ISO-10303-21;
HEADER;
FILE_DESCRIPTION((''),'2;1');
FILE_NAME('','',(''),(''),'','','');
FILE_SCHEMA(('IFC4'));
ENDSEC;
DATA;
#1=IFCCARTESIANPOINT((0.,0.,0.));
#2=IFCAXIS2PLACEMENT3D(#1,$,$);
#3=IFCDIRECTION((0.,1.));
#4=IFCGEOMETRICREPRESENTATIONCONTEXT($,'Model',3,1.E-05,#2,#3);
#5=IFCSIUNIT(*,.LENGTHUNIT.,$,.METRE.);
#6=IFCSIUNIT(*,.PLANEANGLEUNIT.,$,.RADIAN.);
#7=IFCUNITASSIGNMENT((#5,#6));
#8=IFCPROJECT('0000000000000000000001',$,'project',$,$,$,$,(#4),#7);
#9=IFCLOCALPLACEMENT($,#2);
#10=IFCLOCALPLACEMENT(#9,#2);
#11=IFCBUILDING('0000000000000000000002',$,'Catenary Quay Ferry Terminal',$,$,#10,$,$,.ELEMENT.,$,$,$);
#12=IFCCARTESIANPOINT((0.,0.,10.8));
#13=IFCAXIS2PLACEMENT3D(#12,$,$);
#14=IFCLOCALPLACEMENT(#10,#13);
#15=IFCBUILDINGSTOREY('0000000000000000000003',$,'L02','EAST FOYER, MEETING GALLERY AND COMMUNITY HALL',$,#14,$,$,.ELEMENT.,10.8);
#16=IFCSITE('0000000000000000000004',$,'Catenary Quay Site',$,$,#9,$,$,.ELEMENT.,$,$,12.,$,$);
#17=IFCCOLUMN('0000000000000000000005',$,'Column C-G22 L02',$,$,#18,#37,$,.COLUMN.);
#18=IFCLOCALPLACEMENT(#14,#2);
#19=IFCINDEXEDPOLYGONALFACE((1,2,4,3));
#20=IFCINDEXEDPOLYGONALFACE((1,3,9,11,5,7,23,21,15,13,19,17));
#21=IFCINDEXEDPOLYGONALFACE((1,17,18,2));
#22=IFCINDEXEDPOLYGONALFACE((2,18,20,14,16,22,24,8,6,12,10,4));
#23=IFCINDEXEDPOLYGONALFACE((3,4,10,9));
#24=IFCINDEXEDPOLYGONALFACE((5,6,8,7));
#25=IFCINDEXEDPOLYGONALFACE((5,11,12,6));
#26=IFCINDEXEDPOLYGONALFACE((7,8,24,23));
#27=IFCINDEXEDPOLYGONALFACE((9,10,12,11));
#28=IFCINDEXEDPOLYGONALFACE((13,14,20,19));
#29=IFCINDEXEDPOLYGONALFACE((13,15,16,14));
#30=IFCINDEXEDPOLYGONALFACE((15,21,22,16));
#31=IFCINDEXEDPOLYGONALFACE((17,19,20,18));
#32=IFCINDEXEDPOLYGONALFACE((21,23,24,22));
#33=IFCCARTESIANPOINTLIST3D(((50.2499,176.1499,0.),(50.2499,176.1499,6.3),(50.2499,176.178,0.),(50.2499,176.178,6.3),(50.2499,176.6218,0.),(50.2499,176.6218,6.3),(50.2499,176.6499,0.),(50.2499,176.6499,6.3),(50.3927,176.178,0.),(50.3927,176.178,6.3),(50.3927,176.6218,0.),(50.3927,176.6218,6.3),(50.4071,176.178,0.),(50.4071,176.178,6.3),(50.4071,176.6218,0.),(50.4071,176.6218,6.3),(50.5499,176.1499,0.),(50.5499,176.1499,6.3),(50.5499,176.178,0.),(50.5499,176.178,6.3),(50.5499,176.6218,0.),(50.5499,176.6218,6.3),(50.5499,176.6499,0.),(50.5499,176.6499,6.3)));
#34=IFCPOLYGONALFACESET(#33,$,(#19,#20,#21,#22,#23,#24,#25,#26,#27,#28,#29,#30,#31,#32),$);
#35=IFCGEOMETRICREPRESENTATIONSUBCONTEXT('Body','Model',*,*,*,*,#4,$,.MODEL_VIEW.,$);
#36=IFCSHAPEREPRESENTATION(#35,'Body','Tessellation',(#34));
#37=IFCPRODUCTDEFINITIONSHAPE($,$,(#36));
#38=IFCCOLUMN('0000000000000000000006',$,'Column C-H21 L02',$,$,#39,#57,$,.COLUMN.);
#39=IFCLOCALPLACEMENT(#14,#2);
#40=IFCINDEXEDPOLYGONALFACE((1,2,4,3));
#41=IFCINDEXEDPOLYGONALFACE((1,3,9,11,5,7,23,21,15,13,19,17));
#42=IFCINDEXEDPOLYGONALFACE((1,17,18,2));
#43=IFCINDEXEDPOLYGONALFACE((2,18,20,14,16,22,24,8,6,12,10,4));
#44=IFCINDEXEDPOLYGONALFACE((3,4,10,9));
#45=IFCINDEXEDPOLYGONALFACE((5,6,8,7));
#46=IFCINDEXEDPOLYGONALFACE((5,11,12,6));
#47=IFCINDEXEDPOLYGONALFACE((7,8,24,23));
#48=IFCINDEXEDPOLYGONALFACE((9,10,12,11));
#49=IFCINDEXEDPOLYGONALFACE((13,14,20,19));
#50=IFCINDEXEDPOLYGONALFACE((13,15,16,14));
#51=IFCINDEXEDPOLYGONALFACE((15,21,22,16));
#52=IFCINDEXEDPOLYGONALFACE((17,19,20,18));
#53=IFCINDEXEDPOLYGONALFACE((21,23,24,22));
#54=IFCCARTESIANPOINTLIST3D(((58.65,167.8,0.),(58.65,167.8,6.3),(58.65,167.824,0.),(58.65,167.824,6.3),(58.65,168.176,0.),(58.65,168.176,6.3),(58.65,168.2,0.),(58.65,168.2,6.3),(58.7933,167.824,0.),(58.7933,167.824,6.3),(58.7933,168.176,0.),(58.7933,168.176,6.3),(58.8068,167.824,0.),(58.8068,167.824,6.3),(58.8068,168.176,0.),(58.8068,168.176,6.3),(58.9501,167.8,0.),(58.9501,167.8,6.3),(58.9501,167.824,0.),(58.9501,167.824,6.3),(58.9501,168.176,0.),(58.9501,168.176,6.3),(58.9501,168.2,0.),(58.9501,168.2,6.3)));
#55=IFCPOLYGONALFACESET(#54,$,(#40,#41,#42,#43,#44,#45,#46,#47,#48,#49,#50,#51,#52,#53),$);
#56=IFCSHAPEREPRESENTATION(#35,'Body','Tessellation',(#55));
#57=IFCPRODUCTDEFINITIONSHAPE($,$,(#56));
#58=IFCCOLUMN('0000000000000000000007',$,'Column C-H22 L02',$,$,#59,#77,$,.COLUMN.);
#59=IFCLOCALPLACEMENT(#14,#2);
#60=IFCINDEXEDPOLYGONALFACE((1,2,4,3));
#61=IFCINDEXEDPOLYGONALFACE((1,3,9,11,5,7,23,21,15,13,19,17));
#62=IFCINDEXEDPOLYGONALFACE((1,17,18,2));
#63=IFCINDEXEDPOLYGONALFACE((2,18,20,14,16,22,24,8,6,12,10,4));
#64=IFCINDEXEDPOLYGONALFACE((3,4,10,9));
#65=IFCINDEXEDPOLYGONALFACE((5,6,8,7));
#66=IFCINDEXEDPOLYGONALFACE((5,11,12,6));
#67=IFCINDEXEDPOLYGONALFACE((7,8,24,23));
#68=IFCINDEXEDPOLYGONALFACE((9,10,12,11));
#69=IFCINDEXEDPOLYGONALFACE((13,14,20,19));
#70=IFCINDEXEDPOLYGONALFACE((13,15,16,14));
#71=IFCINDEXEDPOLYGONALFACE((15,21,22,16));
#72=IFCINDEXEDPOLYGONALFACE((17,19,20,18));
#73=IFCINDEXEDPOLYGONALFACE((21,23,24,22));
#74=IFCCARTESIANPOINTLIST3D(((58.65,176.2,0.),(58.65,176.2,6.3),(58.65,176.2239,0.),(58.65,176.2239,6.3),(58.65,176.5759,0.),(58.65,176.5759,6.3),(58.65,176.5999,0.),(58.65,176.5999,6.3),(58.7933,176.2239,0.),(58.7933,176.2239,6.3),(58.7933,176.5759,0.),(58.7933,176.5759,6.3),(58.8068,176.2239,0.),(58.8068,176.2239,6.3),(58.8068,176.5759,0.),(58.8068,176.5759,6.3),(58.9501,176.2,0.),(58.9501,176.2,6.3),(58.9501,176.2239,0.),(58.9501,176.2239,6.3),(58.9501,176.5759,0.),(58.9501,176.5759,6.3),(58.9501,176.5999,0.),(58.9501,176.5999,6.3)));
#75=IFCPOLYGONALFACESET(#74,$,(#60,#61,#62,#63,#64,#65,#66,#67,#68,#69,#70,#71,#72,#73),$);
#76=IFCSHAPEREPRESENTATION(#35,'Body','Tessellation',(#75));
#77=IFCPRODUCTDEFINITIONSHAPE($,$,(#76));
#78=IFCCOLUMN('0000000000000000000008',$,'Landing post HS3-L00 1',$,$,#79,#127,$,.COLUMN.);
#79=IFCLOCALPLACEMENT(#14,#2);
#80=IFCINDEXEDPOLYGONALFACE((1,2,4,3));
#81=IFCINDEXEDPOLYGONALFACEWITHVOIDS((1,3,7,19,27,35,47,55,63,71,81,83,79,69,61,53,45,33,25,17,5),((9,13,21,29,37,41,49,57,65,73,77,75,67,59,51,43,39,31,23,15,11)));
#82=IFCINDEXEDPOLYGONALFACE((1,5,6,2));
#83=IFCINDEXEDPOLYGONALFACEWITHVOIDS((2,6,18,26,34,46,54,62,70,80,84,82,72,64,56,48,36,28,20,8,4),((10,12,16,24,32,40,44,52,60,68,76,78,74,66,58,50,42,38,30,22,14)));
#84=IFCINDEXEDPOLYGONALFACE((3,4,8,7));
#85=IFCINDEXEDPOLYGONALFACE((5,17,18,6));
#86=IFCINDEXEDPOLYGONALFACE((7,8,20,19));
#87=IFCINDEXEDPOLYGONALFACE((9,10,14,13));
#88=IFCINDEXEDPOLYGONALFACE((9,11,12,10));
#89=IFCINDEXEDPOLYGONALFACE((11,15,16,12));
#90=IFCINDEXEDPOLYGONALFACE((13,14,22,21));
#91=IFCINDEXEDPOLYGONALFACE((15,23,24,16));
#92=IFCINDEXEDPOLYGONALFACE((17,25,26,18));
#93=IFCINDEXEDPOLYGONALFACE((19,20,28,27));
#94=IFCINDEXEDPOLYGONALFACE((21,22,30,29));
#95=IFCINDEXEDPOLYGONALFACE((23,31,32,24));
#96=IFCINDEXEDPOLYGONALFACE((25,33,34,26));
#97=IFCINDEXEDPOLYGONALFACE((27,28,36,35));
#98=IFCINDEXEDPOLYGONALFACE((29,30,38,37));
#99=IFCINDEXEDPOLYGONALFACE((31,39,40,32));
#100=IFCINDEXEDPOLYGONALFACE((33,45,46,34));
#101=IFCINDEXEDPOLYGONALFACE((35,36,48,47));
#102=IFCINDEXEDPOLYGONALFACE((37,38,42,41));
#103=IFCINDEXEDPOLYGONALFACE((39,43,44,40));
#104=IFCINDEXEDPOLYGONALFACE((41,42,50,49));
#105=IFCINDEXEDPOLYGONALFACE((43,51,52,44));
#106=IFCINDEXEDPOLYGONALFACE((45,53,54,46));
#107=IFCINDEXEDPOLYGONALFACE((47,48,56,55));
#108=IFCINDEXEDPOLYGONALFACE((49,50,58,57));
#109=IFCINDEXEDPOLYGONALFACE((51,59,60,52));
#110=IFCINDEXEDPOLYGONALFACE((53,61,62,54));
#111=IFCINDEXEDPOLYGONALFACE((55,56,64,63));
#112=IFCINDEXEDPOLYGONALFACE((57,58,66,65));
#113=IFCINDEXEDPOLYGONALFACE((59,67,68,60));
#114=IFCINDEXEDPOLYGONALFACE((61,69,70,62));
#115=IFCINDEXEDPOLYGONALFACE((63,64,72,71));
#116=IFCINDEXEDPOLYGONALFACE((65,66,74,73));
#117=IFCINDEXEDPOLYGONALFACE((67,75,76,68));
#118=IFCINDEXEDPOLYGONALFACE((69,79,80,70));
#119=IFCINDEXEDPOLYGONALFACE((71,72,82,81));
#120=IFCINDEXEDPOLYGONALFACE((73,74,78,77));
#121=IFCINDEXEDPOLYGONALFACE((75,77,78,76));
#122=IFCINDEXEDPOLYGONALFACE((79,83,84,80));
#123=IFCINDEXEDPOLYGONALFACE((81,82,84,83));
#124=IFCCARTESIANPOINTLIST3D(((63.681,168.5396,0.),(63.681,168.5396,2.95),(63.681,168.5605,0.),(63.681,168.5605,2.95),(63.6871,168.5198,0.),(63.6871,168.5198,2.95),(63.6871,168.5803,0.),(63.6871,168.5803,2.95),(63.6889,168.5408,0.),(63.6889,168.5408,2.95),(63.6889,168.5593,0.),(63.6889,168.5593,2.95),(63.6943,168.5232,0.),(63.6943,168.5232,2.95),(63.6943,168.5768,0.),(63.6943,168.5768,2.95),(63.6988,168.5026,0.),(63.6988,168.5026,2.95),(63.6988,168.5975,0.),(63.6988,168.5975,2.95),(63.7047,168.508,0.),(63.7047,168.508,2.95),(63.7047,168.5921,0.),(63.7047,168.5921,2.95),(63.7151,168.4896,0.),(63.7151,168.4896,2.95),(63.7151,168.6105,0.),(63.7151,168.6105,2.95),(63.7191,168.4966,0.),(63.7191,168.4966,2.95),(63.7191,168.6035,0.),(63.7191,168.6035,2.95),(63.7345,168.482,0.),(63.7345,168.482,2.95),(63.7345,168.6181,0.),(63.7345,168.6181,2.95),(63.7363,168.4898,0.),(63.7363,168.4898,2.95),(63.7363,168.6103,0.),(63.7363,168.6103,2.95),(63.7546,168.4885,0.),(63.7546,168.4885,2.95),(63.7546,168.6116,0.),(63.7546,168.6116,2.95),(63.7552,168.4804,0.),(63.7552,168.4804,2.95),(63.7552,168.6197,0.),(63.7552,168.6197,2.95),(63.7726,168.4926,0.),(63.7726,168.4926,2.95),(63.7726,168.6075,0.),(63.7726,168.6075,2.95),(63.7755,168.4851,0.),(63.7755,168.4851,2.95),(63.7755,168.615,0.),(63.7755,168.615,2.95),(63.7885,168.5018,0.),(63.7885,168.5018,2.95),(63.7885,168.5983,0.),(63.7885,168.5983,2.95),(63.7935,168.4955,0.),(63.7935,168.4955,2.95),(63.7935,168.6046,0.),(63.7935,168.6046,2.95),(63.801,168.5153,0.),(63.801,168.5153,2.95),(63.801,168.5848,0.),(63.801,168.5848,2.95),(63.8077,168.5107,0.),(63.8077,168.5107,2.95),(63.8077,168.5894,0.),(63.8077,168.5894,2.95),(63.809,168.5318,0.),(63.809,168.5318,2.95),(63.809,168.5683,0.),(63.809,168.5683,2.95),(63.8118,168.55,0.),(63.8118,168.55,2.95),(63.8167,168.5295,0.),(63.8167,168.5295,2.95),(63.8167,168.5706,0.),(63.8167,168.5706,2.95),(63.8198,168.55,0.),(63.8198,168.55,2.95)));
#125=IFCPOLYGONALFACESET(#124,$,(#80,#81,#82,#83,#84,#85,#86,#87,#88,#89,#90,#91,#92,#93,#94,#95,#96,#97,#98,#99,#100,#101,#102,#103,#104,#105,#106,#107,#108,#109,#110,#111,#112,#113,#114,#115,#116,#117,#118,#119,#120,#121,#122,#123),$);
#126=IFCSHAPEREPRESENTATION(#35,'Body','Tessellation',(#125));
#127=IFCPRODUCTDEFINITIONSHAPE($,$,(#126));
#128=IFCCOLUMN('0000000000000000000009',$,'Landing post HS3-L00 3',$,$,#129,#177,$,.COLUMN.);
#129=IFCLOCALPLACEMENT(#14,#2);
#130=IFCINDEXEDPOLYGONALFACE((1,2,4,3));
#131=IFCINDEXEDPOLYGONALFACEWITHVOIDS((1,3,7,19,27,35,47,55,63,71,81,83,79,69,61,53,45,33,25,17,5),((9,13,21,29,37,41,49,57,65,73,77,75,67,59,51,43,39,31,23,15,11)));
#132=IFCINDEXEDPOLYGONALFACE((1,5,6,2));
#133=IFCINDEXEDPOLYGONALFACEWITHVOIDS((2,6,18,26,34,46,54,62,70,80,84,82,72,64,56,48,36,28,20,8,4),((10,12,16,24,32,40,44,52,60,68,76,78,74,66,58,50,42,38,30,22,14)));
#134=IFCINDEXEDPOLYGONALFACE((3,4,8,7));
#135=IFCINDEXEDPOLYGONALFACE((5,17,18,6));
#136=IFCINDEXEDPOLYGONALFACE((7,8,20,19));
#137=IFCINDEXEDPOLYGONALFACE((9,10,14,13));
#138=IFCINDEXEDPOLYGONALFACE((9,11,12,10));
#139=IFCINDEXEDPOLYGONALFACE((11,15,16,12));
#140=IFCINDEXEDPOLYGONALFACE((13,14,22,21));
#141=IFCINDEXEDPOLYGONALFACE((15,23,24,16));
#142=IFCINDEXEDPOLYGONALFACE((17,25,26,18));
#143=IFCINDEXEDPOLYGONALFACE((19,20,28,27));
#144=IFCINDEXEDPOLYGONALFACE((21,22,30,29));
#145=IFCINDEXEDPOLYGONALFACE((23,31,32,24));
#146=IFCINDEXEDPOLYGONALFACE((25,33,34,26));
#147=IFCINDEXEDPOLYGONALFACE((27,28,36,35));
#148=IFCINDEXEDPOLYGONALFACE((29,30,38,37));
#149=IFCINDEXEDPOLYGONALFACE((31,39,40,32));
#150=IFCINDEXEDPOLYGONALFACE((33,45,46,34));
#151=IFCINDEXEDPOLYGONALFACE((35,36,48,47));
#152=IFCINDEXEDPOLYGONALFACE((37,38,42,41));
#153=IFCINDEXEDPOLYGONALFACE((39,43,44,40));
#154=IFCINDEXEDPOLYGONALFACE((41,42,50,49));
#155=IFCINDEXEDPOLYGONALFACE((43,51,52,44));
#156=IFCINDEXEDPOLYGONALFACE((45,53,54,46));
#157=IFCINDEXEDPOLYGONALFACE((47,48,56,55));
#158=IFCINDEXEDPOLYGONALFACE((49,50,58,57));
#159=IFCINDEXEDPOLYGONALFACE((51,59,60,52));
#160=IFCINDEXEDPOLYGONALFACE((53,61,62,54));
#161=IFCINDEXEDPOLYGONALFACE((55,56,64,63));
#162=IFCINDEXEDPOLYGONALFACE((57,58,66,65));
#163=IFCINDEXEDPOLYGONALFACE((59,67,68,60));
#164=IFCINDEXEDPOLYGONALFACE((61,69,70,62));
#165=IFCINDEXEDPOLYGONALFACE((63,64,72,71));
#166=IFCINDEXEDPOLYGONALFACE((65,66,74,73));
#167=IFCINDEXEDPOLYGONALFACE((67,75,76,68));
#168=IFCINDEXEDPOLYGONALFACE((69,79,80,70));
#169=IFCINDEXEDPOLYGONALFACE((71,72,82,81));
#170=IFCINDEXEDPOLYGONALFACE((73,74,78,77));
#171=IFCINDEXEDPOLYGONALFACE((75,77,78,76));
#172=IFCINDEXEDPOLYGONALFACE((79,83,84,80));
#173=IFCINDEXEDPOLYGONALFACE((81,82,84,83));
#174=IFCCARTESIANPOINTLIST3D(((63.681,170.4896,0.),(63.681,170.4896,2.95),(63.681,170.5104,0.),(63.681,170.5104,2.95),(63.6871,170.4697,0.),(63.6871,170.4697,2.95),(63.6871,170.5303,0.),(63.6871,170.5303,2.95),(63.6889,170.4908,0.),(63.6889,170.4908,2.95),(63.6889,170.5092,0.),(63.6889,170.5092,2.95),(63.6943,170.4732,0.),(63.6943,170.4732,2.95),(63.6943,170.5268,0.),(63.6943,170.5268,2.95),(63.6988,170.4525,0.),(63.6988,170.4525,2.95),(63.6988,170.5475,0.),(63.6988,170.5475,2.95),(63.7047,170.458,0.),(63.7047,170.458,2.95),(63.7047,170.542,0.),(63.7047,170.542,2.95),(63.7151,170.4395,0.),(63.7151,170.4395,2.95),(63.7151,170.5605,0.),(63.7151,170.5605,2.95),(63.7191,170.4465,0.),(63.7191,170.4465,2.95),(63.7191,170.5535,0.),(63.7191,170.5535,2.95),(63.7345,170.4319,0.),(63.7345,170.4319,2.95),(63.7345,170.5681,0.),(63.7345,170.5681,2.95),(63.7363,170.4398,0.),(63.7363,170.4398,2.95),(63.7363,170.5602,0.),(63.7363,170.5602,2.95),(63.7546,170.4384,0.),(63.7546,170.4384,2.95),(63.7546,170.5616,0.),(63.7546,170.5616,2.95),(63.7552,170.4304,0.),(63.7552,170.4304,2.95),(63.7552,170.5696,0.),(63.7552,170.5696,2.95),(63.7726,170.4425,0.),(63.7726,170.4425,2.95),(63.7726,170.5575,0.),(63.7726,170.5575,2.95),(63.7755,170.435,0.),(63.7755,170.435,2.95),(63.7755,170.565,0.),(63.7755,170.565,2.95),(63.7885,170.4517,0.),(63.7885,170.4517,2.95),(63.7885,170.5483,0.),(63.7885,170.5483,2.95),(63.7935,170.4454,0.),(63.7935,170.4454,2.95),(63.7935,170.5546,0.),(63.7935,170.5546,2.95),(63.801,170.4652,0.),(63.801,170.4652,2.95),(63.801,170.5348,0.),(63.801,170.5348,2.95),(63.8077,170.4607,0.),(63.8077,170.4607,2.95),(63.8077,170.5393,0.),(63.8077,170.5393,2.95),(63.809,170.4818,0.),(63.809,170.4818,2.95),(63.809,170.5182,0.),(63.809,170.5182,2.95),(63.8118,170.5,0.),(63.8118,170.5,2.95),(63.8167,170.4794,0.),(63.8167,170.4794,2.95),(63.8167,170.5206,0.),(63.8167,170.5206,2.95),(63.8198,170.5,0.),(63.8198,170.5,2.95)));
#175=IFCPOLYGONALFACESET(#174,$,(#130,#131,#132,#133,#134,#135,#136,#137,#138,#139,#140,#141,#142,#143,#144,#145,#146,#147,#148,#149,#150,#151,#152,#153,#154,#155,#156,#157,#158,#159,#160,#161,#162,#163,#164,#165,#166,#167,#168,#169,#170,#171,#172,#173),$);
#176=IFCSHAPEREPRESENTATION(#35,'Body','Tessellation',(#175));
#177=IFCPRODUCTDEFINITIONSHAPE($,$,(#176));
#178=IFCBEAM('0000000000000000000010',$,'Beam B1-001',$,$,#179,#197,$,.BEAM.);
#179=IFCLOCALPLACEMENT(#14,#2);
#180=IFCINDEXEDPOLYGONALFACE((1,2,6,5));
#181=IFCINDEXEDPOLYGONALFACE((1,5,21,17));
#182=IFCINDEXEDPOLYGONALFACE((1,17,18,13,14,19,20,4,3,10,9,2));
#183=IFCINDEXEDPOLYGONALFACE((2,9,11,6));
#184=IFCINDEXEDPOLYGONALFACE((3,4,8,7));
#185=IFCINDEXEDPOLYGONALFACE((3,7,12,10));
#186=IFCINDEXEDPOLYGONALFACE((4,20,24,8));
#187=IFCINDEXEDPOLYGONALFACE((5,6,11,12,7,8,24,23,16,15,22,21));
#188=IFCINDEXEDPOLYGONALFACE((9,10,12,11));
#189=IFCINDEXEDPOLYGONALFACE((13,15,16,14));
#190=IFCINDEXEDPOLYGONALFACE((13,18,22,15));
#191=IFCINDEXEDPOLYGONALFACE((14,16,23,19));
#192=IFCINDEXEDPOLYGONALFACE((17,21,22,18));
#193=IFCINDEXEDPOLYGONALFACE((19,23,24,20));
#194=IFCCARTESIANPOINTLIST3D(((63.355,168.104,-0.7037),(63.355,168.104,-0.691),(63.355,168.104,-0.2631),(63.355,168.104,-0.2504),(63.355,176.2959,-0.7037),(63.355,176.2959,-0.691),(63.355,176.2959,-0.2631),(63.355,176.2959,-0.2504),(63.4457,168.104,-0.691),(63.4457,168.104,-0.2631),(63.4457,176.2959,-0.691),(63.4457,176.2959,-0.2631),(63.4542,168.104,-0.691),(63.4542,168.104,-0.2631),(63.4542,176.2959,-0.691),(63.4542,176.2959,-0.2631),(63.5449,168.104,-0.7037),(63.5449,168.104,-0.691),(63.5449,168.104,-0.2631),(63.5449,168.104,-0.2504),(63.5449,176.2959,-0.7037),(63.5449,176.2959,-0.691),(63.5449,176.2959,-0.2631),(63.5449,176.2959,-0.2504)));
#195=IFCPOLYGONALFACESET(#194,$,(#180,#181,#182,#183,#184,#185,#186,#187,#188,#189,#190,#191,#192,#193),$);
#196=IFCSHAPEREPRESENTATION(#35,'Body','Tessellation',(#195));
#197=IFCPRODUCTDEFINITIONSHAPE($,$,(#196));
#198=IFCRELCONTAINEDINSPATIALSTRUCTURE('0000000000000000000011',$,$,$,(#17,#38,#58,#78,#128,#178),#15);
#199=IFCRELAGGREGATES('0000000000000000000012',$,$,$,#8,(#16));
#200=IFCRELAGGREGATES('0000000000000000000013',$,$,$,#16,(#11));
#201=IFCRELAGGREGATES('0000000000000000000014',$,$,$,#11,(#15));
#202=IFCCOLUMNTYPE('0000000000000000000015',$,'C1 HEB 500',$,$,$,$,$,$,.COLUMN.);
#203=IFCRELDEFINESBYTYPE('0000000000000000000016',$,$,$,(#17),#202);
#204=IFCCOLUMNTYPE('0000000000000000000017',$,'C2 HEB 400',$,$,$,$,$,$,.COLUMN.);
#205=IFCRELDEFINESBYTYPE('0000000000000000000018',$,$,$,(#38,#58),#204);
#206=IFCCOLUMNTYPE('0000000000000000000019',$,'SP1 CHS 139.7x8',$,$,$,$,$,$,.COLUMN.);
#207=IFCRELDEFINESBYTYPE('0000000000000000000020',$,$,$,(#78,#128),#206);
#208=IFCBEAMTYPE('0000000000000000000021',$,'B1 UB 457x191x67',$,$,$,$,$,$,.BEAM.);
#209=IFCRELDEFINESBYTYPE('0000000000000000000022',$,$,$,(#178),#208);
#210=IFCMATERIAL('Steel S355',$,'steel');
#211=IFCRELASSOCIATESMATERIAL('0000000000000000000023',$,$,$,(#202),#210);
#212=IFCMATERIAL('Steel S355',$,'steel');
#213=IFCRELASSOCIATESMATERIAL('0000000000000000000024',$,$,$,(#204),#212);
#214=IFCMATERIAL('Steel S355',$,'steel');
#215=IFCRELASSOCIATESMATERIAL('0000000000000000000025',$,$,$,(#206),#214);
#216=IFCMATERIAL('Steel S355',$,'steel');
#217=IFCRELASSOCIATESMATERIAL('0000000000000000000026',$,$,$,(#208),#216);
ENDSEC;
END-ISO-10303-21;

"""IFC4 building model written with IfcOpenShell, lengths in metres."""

from ifc_helpers import new_model, si_unit, direction, frame, origin, origin_2d, place, context, subcontext, project, spatial, hollow_circle, i_section, extrude, material, material_profile, profile_set, type_object, element, save


model = new_model("IFC4")

# Units and contexts
model_context = context("Model", 3, precision=1e-05, world=origin(), true_north=direction((0.0, 1.0)))
body_context = subcontext(model_context, "Body", "Model", "MODEL_VIEW")
ifc_project = project(units=[si_unit("LENGTHUNIT", "METRE"), si_unit("PLANEANGLEUNIT", "RADIAN")], contexts=[model_context])

# Site, building, storey
site_placement = place(None, origin())
site = spatial("IfcSite", under=ifc_project, at=site_placement, Name="Catenary Quay Site", CompositionType="ELEMENT", RefElevation=12.0)
building_placement = place(site_placement, origin())
building = spatial("IfcBuilding", under=site, at=building_placement, Name="Catenary Quay Ferry Terminal", CompositionType="ELEMENT")
storey_placement = place(building_placement, frame((0.0, 0.0, 10.8)))
storey = spatial("IfcBuildingStorey", under=building, at=storey_placement, Name="L02", Description="EAST FOYER, MEETING GALLERY AND COMMUNITY HALL", CompositionType="ELEMENT", Elevation=10.8)

# Columns
ifc_material_1 = material(Name="Steel S355", Category="steel")
ifc_material_profile_1 = material_profile(ifc_material_1, i_section(OverallWidth=0.3, OverallDepth=0.5, WebThickness=0.0144, FlangeThickness=0.0281, at=origin_2d()), Name="HEB 500")
ifc_profile_set_1 = profile_set([ifc_material_profile_1], Name="Steel S355")
column_type_1 = type_object("IfcColumnType", Name="C1 HEB 500", PredefinedType="COLUMN", material=ifc_profile_set_1)
column_placement = place(storey_placement, frame((50.3999, 176.3999, 0.0), z_axis=(0.0, 0.0, 1.0), x_axis=(1.0, 0.0, 0.0)))
element("IfcColumn", 1, at=column_placement, inside=storey, type_object=column_type_1, Name="Column C-G22 L02", PredefinedType="COLUMN", context=body_context, shape_type="SweptSolid", body=[
    extrude(i_section(OverallWidth=0.3, OverallDepth=0.5, WebThickness=0.0144, FlangeThickness=0.0281, at=origin_2d()), origin(), (0.0, 0.0, 1.0), 6.3),
])
ifc_material_2 = material(Name="Steel S355", Category="steel")
ifc_material_profile_2 = material_profile(ifc_material_2, i_section(OverallWidth=0.3, OverallDepth=0.3999, WebThickness=0.0134, FlangeThickness=0.0239, at=origin_2d()), Name="HEB 400")
ifc_profile_set_2 = profile_set([ifc_material_profile_2], Name="Steel S355")
column_type_2 = type_object("IfcColumnType", Name="C2 HEB 400", PredefinedType="COLUMN", material=ifc_profile_set_2)
for number, where, z_axis, x_axis, name in (
    (2, (58.8, 168.0, 0.0), (0.0, 0.0, 1.0), (1.0, 0.0, 0.0), "Column C-H21 L02"),
    (3, (58.8, 176.3999, 0.0), (0.0, 0.0, 1.0), (1.0, 0.0, 0.0), "Column C-H22 L02"),
):
    element("IfcColumn", number, at=place(storey_placement, frame(where, z_axis=z_axis, x_axis=x_axis)), inside=storey, type_object=column_type_2, Name=name, PredefinedType="COLUMN", context=body_context, shape_type="SweptSolid", body=[
        extrude(i_section(OverallWidth=0.3, OverallDepth=0.3999, WebThickness=0.0134, FlangeThickness=0.0239, at=origin_2d()), origin(), (0.0, 0.0, 1.0), 6.3),
    ])
ifc_material_3 = material(Name="Steel S355", Category="steel")
ifc_material_profile_3 = material_profile(ifc_material_3, hollow_circle(Radius=0.0698, WallThickness=0.0081, at=origin_2d()), Name="CHS 139.7x8")
ifc_profile_set_3 = profile_set([ifc_material_profile_3], Name="Steel S355")
column_type_3 = type_object("IfcColumnType", Name="SP1 CHS 139.7x8", PredefinedType="COLUMN", material=ifc_profile_set_3)
for number, where, z_axis, x_axis, name in (
    (4, (63.75, 168.55, 0.0), (0.0, 0.0, 1.0), (1.0, 0.0, 0.0), "Landing post HS3-L00 1"),
    (5, (63.75, 170.5, 0.0), (0.0, 0.0, 1.0), (1.0, 0.0, 0.0), "Landing post HS3-L00 3"),
):
    element("IfcColumn", number, at=place(storey_placement, frame(where, z_axis=z_axis, x_axis=x_axis)), inside=storey, type_object=column_type_3, Name=name, PredefinedType="COLUMN", context=body_context, shape_type="SweptSolid", body=[
        extrude(hollow_circle(Radius=0.0698, WallThickness=0.0081, at=origin_2d()), origin(), (0.0, 0.0, 1.0), 2.95),
    ])

# Beam
ifc_material_4 = material(Name="Steel S355", Category="steel")
ifc_material_profile_4 = material_profile(ifc_material_4, i_section(OverallWidth=0.1899, OverallDepth=0.4534, WebThickness=0.0085, FlangeThickness=0.0127, at=origin_2d()), Name="UB 457x191x67")
ifc_profile_set_4 = profile_set([ifc_material_profile_4], Name="Steel S355")
beam_type_1 = type_object("IfcBeamType", Name="B1 UB 457x191x67", PredefinedType="BEAM", material=ifc_profile_set_4)
beam_1_placement = place(storey_placement, frame((63.45, 168.104, -0.4771), z_axis=(0.0, 1.0, 0.0), x_axis=(-1.0, 0.0, 0.0)))
element("IfcBeam", 6, at=beam_1_placement, inside=storey, type_object=beam_type_1, Name="Beam B1-001", PredefinedType="BEAM", context=body_context, shape_type="SweptSolid", body=[
    extrude(i_section(OverallWidth=0.1899, OverallDepth=0.4534, WebThickness=0.0085, FlangeThickness=0.0127, at=origin_2d()), origin(), (0.0, 0.0, 1.0), 8.1919),
])

save(model, "model.ifc")
